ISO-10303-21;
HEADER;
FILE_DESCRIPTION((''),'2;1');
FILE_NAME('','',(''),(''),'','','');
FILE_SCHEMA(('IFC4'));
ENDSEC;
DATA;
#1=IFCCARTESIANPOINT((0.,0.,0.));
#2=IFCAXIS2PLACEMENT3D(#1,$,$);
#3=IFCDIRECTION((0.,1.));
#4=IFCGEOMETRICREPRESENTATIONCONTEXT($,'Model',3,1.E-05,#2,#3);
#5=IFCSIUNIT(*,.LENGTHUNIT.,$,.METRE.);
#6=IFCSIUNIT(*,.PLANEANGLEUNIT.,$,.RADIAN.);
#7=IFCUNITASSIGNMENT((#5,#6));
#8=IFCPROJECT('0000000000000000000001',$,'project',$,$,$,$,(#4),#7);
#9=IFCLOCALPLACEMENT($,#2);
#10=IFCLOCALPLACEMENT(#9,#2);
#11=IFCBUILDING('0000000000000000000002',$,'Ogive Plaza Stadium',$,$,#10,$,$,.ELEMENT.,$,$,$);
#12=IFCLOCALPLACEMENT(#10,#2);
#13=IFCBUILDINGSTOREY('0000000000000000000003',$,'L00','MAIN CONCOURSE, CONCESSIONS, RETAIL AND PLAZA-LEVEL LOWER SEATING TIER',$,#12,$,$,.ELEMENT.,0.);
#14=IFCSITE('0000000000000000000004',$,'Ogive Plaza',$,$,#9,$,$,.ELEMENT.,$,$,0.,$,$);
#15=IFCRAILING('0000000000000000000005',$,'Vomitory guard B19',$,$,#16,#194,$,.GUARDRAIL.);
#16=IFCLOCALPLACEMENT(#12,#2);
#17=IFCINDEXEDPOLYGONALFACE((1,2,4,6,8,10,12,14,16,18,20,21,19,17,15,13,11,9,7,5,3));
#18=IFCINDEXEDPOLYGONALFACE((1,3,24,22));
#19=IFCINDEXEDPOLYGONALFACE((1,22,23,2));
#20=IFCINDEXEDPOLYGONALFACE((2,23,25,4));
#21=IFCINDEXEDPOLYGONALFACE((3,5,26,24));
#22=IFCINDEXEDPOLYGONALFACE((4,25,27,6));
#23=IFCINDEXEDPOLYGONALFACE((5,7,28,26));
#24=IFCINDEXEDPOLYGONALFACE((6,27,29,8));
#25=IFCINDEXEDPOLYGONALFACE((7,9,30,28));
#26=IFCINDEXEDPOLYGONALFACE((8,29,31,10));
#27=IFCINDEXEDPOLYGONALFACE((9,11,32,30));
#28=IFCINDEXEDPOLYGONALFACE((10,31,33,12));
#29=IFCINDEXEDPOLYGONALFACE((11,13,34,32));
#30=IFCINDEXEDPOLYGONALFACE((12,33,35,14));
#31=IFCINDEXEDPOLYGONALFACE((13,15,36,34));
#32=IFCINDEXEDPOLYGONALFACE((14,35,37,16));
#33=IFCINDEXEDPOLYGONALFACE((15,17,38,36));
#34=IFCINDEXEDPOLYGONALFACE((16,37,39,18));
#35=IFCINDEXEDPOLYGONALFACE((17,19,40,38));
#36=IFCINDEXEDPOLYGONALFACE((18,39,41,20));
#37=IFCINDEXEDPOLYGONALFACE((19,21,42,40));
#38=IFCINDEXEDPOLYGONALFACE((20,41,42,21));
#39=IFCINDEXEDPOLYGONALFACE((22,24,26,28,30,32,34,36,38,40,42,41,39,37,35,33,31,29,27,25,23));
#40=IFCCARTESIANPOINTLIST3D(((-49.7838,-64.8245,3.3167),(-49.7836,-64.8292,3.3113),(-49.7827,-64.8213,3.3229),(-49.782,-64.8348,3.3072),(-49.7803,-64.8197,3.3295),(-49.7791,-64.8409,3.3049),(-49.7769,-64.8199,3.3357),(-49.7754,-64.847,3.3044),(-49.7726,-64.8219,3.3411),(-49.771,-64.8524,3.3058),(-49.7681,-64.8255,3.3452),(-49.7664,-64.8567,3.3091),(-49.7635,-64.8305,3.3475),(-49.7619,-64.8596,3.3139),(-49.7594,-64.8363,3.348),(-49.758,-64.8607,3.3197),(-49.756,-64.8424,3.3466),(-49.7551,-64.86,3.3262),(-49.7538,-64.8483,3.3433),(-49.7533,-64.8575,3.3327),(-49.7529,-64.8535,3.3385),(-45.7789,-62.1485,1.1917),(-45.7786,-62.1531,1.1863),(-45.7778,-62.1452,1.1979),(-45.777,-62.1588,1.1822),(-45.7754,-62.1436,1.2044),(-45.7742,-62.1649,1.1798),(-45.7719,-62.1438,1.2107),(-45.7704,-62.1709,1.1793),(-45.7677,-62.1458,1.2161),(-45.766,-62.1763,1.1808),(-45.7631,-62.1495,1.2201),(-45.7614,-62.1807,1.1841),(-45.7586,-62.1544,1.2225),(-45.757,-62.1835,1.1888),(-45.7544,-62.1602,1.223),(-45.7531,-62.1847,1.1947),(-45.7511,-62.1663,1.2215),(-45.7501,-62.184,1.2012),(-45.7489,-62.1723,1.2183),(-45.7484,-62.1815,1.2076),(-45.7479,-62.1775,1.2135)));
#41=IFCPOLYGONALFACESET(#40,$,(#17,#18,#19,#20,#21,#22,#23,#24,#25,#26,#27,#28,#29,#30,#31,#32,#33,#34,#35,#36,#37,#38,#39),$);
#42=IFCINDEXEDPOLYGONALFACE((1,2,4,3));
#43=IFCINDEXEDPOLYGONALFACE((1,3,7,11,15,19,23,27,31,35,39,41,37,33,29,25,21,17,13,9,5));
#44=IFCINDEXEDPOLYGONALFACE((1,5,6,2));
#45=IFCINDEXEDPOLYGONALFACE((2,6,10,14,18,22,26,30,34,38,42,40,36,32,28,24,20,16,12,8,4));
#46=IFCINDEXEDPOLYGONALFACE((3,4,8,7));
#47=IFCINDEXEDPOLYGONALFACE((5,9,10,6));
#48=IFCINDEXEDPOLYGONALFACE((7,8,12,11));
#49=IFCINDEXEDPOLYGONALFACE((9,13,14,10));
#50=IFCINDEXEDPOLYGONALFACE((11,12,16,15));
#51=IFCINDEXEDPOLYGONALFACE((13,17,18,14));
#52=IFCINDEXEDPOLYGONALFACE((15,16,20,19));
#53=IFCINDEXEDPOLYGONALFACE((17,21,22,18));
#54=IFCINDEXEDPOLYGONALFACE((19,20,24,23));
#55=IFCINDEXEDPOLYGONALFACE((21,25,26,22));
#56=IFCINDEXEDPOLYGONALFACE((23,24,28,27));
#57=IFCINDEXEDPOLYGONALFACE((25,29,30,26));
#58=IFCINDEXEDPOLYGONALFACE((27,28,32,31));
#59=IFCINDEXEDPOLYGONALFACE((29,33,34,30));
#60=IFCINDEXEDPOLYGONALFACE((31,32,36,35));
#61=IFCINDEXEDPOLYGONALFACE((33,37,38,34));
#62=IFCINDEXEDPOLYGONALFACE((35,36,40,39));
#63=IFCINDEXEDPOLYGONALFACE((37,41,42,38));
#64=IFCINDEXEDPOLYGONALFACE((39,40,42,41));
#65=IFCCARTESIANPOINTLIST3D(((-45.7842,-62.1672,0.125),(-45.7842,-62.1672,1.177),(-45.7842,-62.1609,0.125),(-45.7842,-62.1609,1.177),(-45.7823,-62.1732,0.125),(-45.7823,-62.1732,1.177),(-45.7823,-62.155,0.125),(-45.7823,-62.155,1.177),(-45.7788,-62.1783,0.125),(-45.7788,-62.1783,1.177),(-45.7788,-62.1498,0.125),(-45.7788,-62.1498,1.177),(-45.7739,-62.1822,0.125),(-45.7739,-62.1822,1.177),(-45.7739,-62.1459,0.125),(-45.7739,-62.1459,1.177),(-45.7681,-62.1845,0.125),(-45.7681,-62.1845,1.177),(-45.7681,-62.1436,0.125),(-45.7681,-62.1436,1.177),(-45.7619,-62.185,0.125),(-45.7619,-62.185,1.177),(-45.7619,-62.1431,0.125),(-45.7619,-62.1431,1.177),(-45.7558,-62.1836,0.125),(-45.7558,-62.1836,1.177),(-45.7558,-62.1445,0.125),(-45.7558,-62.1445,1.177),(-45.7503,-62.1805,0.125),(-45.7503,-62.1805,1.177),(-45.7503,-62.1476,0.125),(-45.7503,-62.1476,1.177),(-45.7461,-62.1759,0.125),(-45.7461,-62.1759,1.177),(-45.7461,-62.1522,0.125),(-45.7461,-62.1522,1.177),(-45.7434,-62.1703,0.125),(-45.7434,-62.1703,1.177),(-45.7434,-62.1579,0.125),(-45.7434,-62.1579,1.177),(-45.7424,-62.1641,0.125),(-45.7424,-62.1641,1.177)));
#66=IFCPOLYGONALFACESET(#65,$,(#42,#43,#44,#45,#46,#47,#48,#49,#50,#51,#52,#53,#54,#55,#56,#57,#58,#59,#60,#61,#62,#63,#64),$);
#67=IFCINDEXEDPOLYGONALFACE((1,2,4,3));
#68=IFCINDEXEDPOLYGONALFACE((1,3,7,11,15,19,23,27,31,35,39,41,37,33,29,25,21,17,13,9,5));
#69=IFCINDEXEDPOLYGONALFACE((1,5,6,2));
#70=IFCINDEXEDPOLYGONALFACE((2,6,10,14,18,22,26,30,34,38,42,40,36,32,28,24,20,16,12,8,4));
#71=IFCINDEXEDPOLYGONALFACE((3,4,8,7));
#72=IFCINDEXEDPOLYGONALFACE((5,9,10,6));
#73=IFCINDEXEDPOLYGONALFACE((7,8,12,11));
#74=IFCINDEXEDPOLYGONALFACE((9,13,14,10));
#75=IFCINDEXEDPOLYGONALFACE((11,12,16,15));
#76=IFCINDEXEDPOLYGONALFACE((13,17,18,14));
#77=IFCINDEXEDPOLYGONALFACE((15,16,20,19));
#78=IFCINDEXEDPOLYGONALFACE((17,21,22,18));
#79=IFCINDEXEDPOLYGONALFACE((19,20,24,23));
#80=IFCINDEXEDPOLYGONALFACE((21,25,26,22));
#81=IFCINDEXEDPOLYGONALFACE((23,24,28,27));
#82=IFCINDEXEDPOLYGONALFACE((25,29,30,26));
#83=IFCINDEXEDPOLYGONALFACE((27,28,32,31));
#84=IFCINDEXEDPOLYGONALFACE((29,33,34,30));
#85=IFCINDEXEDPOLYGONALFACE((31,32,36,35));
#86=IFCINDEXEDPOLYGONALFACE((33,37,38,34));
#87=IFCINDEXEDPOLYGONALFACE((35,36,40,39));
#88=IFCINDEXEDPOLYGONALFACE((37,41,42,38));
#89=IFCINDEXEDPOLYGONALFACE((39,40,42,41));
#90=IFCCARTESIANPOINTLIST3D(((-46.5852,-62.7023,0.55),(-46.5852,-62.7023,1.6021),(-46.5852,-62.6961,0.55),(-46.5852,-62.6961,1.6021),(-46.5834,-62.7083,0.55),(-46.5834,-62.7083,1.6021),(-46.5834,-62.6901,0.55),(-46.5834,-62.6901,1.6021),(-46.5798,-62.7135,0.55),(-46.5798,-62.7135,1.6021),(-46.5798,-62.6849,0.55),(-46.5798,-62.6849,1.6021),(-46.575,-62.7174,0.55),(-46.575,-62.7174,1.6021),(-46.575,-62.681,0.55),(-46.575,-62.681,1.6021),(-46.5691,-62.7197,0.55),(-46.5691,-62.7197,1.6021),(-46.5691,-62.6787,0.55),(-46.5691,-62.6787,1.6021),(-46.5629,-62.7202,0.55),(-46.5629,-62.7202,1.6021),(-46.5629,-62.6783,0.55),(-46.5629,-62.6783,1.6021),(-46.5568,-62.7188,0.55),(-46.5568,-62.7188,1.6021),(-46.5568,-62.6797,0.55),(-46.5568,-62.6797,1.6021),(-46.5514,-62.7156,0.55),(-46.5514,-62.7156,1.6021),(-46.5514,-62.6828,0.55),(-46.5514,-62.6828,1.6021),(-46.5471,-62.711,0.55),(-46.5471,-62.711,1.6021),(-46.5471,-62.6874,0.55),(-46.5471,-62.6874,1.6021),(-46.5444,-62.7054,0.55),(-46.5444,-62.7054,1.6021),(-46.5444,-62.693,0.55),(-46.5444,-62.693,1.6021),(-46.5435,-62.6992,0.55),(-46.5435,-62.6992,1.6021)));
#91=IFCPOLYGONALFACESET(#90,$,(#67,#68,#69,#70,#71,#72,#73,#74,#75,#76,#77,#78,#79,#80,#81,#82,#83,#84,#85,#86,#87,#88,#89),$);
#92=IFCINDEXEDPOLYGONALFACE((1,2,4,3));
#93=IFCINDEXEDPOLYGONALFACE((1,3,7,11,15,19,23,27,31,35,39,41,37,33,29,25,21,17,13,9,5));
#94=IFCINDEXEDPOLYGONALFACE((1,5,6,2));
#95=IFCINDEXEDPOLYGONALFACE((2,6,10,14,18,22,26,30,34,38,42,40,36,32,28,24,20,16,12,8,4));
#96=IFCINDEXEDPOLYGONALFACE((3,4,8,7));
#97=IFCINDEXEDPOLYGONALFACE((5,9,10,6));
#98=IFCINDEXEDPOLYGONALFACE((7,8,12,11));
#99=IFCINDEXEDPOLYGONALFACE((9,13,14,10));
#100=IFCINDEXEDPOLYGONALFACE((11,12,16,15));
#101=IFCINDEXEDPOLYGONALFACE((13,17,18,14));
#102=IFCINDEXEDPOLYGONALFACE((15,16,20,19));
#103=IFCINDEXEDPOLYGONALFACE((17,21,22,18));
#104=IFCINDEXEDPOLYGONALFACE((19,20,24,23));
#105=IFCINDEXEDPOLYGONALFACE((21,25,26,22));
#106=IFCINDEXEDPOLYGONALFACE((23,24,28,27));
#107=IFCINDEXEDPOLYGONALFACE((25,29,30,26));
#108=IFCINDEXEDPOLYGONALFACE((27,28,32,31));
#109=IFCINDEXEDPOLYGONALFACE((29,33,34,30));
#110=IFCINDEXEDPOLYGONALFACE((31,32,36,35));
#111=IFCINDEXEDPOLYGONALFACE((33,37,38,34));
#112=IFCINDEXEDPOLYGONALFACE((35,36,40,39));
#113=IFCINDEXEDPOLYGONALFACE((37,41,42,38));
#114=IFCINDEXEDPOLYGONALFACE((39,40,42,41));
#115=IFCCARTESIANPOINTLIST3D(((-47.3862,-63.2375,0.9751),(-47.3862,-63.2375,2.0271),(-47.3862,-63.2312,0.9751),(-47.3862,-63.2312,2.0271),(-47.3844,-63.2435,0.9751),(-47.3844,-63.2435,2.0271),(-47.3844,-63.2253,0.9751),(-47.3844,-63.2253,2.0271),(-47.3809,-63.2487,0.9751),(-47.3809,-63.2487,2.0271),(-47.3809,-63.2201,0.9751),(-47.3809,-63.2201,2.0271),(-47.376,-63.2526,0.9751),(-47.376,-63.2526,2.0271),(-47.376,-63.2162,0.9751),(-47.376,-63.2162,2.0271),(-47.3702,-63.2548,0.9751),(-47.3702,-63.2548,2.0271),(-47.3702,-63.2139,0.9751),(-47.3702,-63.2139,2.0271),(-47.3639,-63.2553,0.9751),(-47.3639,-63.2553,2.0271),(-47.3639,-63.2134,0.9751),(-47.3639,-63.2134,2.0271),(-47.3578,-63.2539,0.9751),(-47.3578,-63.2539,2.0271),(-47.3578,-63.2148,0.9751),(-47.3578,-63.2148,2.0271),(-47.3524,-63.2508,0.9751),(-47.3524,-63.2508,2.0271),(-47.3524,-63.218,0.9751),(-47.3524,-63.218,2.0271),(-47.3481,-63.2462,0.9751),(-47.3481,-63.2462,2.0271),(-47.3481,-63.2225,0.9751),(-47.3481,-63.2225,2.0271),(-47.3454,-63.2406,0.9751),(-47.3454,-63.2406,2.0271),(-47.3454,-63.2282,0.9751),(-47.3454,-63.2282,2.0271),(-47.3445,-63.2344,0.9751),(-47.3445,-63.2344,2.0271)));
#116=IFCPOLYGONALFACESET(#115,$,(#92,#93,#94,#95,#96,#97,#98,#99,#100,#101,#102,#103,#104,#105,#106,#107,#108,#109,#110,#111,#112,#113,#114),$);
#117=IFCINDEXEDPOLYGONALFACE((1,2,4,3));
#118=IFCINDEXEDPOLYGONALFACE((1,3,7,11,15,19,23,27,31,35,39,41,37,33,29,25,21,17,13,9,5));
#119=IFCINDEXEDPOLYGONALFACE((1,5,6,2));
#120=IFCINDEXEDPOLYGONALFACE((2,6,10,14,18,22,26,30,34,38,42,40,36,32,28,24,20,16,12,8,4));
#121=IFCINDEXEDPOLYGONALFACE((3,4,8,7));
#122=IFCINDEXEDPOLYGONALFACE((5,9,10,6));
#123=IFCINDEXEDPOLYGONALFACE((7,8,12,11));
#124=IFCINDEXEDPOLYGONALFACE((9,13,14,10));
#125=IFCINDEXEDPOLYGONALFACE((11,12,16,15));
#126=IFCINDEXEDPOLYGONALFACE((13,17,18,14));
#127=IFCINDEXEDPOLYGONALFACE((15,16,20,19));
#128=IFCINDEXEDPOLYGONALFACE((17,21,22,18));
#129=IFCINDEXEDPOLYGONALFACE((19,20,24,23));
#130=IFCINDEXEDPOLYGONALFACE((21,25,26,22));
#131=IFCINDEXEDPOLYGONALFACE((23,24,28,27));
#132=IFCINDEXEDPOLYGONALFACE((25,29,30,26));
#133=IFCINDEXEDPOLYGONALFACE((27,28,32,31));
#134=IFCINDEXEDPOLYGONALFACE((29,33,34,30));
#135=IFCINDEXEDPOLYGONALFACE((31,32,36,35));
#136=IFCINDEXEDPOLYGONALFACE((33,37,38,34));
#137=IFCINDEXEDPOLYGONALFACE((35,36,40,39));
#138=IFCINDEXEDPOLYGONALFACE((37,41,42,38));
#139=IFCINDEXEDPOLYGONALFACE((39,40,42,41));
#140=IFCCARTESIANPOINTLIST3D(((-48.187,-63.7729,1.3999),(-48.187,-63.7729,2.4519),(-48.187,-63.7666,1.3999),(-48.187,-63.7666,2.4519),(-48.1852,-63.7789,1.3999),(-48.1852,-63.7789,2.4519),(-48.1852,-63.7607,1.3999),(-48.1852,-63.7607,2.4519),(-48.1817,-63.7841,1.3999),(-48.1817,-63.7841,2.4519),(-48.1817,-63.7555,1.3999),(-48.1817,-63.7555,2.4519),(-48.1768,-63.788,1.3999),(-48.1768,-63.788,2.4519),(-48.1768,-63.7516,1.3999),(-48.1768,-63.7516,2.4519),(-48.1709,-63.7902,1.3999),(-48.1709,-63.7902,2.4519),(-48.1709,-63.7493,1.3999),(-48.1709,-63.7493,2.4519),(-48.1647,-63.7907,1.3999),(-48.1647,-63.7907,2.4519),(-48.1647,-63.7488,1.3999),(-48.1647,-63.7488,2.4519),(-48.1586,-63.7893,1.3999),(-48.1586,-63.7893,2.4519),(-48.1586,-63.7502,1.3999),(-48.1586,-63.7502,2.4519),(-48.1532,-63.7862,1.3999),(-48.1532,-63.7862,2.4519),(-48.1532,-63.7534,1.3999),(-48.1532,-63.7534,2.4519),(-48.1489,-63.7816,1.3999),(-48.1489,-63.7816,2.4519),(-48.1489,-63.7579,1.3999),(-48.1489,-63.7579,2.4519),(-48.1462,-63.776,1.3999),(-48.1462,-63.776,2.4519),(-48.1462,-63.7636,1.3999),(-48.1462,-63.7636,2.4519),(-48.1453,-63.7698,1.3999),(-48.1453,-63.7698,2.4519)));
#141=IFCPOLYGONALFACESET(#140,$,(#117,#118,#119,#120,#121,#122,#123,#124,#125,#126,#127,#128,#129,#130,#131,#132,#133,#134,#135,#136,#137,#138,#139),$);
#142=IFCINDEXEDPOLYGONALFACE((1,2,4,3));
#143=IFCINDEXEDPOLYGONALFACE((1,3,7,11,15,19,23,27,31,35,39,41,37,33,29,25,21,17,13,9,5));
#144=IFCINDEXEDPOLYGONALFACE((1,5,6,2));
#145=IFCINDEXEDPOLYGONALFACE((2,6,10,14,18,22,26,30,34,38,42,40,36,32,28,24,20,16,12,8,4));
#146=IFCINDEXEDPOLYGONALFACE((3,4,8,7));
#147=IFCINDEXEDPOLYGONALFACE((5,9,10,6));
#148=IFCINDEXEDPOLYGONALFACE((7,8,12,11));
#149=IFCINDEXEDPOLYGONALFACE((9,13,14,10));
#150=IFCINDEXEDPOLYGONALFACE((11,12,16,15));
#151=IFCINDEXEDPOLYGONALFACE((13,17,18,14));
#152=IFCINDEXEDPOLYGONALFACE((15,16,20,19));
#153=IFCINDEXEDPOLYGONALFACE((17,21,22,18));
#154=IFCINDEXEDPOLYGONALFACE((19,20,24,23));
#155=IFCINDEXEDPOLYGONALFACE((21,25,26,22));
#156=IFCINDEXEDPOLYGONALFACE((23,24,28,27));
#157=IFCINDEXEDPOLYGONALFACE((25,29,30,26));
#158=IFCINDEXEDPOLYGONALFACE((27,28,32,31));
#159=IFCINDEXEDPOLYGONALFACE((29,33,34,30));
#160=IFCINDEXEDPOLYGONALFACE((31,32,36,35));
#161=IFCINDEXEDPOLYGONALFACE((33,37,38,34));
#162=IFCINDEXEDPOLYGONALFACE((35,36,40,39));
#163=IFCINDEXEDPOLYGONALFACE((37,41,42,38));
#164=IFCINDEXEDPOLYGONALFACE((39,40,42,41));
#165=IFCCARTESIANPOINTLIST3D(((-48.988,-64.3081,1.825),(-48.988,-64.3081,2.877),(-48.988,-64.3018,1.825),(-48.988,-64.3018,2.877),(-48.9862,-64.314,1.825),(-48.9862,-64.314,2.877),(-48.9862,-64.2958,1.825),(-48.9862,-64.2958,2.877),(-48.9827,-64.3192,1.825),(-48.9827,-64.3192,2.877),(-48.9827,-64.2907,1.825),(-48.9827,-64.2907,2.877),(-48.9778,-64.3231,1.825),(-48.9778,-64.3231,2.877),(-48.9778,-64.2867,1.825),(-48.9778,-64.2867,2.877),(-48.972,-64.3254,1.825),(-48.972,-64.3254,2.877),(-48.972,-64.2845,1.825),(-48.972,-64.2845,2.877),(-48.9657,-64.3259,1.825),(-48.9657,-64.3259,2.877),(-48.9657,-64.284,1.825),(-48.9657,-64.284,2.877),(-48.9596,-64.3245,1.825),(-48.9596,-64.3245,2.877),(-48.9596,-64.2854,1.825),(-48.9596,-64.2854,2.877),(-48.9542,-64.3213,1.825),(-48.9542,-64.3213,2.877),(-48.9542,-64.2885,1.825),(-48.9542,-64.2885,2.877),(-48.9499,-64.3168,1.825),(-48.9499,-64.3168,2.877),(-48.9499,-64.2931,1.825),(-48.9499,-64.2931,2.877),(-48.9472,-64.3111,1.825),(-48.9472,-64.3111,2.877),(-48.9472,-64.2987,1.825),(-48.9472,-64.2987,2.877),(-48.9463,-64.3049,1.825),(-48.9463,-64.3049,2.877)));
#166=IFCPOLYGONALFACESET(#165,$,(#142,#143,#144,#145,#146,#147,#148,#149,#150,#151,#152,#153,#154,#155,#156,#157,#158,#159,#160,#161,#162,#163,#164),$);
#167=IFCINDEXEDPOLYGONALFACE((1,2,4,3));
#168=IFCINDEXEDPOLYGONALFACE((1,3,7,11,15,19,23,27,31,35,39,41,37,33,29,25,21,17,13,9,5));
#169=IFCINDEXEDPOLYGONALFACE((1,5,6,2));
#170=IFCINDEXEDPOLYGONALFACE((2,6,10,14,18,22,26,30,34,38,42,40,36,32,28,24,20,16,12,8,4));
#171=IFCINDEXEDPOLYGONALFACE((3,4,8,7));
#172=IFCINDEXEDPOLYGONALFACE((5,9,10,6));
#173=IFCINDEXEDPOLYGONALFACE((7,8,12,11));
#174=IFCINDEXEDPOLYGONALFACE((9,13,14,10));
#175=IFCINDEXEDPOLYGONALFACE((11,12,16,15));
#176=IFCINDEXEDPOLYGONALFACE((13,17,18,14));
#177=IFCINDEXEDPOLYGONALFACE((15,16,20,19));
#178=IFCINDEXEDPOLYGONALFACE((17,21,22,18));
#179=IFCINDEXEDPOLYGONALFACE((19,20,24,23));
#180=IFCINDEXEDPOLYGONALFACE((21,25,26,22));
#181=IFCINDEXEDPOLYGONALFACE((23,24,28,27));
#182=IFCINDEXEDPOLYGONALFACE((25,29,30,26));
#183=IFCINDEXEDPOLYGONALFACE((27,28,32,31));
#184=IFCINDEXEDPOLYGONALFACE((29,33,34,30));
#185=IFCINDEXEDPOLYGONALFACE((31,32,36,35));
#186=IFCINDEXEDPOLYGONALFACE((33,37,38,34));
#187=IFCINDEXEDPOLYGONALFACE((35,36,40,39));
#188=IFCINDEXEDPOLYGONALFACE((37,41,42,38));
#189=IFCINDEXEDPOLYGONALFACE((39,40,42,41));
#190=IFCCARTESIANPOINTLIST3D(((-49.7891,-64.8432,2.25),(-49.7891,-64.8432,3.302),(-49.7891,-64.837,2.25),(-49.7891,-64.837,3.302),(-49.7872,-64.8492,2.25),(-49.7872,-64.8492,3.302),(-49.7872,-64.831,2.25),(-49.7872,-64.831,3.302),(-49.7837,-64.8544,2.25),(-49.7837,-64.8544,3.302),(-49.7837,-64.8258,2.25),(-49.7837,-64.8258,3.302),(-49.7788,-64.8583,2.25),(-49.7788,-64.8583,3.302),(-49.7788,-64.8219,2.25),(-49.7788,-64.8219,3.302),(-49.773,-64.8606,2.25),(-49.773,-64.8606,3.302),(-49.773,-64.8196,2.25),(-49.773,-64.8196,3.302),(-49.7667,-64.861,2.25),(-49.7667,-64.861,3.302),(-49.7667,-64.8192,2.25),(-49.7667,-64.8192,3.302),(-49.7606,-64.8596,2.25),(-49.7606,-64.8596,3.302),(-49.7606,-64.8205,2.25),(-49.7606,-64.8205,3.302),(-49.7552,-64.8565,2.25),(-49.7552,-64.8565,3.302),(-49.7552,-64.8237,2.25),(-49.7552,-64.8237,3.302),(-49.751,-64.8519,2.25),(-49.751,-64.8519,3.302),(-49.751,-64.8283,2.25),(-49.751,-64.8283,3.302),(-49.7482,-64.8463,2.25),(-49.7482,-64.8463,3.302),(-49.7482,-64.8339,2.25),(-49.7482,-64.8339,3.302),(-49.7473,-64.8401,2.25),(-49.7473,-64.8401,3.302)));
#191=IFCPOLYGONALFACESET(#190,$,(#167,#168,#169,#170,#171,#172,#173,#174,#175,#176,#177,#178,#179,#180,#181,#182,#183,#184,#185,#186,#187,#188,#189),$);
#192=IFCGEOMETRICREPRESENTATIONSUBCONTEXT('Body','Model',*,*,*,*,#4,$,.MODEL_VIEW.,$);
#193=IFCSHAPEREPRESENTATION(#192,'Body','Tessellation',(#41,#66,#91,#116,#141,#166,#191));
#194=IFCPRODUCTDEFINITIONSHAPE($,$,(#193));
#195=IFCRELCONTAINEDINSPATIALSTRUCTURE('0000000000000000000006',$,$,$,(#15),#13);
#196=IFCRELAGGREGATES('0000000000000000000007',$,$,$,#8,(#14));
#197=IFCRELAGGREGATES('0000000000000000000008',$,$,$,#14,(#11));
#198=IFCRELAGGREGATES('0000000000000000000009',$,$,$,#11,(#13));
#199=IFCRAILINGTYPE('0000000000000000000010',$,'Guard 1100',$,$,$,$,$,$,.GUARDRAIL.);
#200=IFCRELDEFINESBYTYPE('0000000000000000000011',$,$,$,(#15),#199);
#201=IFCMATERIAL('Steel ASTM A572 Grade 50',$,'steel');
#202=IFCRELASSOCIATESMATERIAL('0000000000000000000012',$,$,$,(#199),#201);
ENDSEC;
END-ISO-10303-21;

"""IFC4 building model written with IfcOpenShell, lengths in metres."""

from ifc_helpers import new_model, si_unit, direction, frame, origin, origin_2d, place, context, subcontext, project, spatial, circle, extrude, material, type_object, element, save


model = new_model("IFC4")

# Units and contexts
model_context = context("Model", 3, precision=1e-05, world=origin(), true_north=direction((0.0, 1.0)))
body_context = subcontext(model_context, "Body", "Model", "MODEL_VIEW")
ifc_project = project(units=[si_unit("LENGTHUNIT", "METRE"), si_unit("PLANEANGLEUNIT", "RADIAN")], contexts=[model_context])

# Site, building, storey
site_placement = place(None, origin())
site = spatial("IfcSite", under=ifc_project, at=site_placement, Name="Ogive Plaza", CompositionType="ELEMENT", RefElevation=0.0)
building_placement = place(site_placement, origin())
building = spatial("IfcBuilding", under=site, at=building_placement, Name="Ogive Plaza Stadium", CompositionType="ELEMENT")
storey_placement = place(building_placement, origin())
storey = spatial("IfcBuildingStorey", under=building, at=storey_placement, Name="L00", Description="MAIN CONCOURSE, CONCESSIONS, RETAIL AND PLAZA-LEVEL LOWER SEATING TIER", CompositionType="ELEMENT", Elevation=0.0)

# Railing
ifc_material_1 = material(Name="Steel ASTM A572 Grade 50", Category="steel")
railing_type = type_object("IfcRailingType", Name="Guard 1100", PredefinedType="GUARDRAIL", material=ifc_material_1)
for number, where, name in (
    (1, (-45.7634, -62.1641, 0.125), "Vomitory guard B19"),
):
    element("IfcRailing", number, at=place(storey_placement, frame(where)), inside=storey, type_object=railing_type, Name=name, PredefinedType="GUARDRAIL", context=body_context, shape_type="SweptSolid", body=[
        extrude(circle(Radius=0.0239, at=origin_2d()), frame((0.0, 0.0, 1.0762), z_axis=(-0.760722, -0.508307, 0.403641), x_axis=(0.555577, -0.831465, 0.0)), (0.0, 0.0, 1.0), 5.2646),
        extrude(circle(Radius=0.021, at=origin_2d()), origin(), (0.0, 0.0, 1.0), 1.052),
        extrude(circle(Radius=0.021, at=origin_2d()), frame((-0.801, -0.5352, 0.425)), (0.0, 0.0, 1.0), 1.052),
        extrude(circle(Radius=0.021, at=origin_2d()), frame((-1.6021, -1.0703, 0.8501)), (0.0, 0.0, 1.0), 1.052),
        extrude(circle(Radius=0.021, at=origin_2d()), frame((-2.4028, -1.6057, 1.2749)), (0.0, 0.0, 1.0), 1.052),
        extrude(circle(Radius=0.021, at=origin_2d()), frame((-3.2039, -2.1409, 1.7)), (0.0, 0.0, 1.0), 1.052),
        extrude(circle(Radius=0.021, at=origin_2d()), frame((-4.0049, -2.676, 2.125)), (0.0, 0.0, 1.0), 1.052),
    ])

save(model, "model.ifc")
